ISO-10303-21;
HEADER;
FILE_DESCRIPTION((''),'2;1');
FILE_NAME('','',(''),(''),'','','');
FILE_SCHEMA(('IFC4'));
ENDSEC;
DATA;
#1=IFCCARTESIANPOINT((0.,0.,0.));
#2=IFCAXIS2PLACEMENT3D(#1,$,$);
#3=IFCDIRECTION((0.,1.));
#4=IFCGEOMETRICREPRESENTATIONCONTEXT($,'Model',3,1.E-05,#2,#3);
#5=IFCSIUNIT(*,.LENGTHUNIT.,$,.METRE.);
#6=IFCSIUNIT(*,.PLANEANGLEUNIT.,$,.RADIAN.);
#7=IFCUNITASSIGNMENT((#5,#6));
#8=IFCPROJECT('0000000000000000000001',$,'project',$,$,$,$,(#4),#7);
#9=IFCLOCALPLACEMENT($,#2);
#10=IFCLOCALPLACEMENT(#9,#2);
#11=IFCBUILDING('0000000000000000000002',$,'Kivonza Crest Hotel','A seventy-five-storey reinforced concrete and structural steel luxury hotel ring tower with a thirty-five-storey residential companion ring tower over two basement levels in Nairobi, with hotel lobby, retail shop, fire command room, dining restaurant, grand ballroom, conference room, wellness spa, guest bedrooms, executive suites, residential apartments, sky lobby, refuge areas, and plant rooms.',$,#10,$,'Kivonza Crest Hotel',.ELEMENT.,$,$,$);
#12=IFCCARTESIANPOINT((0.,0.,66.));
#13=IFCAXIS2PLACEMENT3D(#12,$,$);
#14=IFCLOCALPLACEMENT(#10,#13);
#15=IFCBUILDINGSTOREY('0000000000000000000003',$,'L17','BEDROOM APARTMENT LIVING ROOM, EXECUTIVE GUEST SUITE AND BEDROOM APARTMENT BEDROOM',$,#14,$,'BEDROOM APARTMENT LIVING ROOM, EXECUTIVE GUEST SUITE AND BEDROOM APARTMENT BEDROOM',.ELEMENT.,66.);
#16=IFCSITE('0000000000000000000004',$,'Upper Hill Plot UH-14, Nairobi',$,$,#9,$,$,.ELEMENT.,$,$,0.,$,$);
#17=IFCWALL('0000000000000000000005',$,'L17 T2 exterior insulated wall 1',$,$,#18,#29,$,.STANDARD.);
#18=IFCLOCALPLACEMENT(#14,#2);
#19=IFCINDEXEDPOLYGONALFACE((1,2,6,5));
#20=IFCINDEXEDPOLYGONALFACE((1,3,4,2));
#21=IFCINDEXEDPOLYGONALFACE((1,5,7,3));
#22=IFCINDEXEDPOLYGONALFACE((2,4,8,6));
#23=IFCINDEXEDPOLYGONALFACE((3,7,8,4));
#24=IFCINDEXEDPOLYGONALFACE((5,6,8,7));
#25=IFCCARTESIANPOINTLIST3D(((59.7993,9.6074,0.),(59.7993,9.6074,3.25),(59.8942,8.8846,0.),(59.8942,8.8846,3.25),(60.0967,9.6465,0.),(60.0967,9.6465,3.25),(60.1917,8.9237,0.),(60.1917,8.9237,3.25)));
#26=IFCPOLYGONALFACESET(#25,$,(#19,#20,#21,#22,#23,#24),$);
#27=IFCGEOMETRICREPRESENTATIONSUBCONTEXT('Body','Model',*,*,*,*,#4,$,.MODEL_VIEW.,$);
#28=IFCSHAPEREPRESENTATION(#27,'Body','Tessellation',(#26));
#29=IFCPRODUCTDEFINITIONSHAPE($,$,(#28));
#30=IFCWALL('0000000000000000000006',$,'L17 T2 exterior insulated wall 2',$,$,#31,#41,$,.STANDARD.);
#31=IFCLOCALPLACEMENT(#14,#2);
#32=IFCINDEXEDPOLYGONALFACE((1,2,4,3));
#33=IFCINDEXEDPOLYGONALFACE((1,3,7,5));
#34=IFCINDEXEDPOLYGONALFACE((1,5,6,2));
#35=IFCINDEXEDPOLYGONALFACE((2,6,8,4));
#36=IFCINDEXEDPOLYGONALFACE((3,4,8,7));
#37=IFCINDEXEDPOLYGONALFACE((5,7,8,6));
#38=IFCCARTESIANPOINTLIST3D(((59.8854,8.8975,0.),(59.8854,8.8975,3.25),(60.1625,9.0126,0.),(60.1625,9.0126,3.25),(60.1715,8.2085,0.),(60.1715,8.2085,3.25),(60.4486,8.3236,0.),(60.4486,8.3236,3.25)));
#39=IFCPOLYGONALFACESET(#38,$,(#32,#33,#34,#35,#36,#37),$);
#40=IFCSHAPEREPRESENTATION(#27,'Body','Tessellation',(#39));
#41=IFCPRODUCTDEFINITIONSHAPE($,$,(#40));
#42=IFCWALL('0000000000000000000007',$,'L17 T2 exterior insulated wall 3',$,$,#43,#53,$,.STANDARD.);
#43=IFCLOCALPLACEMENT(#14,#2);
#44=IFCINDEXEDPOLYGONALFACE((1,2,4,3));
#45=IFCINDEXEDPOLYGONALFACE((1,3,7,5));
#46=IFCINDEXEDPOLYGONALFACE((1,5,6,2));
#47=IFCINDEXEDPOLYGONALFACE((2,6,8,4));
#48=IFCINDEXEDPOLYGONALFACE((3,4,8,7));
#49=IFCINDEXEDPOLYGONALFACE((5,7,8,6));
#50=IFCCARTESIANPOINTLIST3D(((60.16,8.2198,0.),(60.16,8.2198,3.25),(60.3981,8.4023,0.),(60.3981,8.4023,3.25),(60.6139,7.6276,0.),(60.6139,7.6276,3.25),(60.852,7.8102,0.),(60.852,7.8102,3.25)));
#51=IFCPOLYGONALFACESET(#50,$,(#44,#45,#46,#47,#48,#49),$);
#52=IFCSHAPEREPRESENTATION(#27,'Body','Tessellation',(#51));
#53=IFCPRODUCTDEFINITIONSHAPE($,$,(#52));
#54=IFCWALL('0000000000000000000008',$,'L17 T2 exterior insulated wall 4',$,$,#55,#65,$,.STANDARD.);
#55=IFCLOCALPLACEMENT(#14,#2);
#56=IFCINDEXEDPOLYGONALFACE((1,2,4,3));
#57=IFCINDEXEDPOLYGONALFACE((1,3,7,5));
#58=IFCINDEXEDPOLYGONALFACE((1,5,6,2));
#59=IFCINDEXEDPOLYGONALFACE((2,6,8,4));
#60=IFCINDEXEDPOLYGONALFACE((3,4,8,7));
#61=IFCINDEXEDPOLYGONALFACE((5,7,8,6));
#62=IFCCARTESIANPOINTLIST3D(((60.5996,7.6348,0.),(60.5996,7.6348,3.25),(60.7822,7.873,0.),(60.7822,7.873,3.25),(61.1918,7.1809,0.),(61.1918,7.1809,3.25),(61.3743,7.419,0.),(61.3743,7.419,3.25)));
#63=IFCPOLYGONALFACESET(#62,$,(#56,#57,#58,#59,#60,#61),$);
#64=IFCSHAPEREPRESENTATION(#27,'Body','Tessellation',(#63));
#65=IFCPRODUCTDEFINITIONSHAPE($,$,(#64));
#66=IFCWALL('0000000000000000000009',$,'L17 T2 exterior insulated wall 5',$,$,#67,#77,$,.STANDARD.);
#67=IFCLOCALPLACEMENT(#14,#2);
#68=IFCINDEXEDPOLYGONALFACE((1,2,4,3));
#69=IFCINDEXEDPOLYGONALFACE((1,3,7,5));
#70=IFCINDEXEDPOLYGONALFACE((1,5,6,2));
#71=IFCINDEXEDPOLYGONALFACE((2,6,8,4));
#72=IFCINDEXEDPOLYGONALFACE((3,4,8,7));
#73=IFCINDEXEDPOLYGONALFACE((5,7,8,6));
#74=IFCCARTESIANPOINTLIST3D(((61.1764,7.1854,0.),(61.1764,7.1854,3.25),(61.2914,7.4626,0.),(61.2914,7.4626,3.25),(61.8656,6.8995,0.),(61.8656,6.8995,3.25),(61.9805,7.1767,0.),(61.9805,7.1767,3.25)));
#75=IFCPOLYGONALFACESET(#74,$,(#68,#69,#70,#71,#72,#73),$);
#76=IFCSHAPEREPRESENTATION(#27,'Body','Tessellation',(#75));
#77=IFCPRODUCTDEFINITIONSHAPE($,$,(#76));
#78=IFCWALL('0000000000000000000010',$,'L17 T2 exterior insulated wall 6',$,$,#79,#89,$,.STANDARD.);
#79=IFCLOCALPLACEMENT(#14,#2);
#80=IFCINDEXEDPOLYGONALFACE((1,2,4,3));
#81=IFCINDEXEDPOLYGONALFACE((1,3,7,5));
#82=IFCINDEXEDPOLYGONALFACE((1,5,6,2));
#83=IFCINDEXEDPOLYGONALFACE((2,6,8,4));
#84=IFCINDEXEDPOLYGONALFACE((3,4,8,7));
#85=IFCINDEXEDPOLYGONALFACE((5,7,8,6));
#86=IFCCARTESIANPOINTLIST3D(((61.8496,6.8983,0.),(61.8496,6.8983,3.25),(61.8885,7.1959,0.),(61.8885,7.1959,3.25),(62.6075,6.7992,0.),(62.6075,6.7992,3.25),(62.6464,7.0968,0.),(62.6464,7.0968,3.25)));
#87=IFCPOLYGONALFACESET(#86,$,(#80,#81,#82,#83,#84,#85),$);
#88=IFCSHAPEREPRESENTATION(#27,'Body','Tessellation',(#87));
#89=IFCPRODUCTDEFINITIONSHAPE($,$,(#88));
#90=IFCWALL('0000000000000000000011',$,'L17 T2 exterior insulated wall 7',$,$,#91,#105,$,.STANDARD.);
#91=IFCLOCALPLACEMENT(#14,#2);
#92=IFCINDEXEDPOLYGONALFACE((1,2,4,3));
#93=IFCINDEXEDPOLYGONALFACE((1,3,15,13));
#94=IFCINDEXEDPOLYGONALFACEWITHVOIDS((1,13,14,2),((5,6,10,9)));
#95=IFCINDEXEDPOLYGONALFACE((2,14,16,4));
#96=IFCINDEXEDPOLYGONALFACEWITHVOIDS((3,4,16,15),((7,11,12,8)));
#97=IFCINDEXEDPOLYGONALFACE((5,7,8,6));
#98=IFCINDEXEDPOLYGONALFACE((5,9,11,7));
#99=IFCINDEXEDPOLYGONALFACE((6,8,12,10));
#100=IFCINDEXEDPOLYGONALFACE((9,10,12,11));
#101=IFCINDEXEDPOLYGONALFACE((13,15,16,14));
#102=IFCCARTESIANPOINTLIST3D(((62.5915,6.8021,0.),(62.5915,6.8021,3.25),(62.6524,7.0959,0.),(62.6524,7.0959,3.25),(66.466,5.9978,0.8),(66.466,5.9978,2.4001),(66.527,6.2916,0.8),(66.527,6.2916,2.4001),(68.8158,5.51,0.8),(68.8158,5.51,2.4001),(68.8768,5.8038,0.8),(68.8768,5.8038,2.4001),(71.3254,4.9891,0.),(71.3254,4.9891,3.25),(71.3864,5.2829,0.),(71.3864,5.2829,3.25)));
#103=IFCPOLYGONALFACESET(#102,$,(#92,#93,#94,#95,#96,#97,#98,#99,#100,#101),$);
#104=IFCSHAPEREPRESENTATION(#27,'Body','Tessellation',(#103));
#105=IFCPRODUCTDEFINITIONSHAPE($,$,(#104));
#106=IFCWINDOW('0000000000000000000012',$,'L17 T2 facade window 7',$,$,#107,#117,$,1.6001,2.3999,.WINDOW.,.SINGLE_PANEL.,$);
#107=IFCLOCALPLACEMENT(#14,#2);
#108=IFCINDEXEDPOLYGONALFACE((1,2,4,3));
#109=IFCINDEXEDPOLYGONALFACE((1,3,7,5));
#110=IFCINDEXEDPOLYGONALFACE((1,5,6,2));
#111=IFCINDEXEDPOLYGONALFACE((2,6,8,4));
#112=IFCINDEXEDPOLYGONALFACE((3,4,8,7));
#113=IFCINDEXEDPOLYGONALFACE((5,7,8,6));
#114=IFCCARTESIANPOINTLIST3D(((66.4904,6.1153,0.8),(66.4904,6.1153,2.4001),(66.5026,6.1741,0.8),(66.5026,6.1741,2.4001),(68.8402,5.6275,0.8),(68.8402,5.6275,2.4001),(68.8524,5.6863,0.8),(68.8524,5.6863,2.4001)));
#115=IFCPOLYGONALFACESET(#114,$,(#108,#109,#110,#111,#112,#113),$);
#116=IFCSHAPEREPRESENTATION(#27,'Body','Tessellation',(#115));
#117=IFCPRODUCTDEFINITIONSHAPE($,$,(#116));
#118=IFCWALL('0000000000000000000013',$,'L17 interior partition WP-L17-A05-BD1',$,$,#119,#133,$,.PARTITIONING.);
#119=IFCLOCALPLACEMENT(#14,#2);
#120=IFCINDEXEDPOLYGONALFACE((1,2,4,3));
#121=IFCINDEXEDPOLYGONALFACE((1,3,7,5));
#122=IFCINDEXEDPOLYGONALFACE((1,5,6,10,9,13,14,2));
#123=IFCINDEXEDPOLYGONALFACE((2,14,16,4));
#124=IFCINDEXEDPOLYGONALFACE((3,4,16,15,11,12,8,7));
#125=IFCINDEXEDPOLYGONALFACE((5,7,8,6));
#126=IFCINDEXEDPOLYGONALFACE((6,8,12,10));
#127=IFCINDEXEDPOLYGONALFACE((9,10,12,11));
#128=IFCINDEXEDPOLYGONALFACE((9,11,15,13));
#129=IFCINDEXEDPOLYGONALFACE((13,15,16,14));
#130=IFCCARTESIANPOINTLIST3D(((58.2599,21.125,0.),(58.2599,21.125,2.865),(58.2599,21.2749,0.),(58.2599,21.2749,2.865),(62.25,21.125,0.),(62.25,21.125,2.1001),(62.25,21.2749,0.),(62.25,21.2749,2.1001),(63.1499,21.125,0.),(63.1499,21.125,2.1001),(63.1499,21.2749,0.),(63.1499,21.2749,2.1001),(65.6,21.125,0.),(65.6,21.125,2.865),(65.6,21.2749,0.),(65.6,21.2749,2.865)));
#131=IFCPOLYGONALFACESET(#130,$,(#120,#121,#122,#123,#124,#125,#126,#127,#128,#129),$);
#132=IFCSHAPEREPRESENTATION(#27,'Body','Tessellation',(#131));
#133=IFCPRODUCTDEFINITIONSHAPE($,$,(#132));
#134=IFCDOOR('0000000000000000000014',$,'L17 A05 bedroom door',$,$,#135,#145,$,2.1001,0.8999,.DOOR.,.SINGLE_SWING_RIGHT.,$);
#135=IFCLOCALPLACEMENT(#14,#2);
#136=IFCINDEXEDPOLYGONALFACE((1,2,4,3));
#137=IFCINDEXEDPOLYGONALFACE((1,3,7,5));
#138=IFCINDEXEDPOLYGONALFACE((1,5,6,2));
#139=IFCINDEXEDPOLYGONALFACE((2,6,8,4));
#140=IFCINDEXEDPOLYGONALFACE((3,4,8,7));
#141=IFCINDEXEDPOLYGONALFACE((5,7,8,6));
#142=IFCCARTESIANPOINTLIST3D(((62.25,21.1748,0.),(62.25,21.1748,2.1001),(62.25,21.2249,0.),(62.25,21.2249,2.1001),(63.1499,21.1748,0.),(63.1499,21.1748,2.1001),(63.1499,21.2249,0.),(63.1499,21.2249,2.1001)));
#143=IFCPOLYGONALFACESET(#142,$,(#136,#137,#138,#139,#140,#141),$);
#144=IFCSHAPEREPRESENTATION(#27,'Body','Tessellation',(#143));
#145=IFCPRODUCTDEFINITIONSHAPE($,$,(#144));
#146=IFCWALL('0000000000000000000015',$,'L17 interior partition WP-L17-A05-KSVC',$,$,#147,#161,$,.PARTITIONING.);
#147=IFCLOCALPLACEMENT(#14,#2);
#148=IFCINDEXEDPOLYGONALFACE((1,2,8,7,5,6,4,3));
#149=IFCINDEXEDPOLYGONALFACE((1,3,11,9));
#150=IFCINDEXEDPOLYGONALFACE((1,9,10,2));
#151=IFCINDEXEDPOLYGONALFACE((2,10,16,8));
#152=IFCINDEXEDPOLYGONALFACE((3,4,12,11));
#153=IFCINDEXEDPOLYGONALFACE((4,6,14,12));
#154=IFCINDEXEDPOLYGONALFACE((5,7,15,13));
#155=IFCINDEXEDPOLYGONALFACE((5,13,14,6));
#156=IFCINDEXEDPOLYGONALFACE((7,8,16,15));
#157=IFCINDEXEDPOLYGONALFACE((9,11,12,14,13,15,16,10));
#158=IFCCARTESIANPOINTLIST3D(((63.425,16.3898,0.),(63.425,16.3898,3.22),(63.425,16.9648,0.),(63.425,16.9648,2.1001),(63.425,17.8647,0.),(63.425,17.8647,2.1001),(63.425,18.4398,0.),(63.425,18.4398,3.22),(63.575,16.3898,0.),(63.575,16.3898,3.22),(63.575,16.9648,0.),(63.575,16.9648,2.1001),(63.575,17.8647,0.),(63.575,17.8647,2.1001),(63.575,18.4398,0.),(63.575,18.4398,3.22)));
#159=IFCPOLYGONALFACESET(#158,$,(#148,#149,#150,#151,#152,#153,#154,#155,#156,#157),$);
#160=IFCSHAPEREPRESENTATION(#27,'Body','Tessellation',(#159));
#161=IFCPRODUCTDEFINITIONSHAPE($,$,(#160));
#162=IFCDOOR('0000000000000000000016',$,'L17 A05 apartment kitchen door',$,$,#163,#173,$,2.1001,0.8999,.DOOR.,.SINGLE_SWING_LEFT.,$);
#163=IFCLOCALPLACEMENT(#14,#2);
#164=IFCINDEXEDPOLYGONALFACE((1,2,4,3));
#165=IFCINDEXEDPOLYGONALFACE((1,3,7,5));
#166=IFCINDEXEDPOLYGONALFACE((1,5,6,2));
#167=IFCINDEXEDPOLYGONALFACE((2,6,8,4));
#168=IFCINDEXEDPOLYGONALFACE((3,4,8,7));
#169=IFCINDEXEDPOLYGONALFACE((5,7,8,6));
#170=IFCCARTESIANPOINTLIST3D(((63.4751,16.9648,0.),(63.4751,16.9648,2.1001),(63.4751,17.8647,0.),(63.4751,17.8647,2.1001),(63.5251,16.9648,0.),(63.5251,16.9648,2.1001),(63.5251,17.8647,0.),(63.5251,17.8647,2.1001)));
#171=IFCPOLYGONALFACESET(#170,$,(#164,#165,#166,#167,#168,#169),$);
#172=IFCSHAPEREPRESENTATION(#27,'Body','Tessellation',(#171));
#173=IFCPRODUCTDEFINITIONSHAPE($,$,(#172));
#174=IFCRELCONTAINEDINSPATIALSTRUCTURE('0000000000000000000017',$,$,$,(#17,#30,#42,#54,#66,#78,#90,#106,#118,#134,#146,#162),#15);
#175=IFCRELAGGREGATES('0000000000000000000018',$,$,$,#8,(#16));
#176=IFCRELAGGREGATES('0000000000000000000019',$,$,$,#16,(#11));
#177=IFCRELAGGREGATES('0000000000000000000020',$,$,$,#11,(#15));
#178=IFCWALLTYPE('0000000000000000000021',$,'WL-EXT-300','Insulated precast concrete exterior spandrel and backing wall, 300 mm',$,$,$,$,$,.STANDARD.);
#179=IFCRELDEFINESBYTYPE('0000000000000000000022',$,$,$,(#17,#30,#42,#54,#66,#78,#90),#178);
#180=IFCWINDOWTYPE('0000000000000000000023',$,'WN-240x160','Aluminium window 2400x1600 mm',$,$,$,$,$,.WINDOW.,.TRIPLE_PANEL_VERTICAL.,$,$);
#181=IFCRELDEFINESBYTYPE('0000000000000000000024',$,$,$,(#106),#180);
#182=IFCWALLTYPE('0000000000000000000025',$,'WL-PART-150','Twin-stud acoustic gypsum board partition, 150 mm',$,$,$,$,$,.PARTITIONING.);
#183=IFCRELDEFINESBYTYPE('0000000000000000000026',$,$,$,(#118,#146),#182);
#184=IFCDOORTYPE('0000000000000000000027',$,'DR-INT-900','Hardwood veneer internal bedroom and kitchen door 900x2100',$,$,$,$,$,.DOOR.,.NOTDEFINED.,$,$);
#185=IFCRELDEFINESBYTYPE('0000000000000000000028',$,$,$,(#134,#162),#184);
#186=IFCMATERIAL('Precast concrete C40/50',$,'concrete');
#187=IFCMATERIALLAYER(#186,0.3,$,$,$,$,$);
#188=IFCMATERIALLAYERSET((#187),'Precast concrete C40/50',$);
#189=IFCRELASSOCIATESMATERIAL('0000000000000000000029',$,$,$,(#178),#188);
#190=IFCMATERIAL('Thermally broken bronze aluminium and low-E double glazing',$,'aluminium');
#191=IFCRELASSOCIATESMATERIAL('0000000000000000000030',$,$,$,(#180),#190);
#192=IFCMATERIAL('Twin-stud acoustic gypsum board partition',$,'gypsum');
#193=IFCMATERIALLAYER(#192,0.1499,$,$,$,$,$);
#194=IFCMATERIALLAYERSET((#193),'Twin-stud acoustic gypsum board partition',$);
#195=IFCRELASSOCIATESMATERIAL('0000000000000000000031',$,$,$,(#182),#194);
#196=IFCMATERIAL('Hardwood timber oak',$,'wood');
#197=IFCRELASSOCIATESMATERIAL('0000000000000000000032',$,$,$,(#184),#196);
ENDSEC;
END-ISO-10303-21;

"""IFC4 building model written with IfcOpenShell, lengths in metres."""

from ifc_helpers import new_model, si_unit, direction, frame, frame_2d, origin, place, context, subcontext, project, spatial, rectangle, extrude, material, layer, layer_set, type_object, element, fill, save


model = new_model("IFC4")

# Units and contexts
model_context = context("Model", 3, precision=1e-05, world=origin(), true_north=direction((0.0, 1.0)))
body_context = subcontext(model_context, "Body", "Model", "MODEL_VIEW")
ifc_project = project(units=[si_unit("LENGTHUNIT", "METRE"), si_unit("PLANEANGLEUNIT", "RADIAN")], contexts=[model_context])

# Site, building, storey
site_placement = place(None, origin())
site = spatial("IfcSite", under=ifc_project, at=site_placement, Name="Upper Hill Plot UH-14, Nairobi", CompositionType="ELEMENT", RefElevation=0.0)
building_placement = place(site_placement, origin())
building = spatial("IfcBuilding", under=site, at=building_placement, Name="Kivonza Crest Hotel", Description="A seventy-five-storey reinforced concrete and structural steel luxury hotel ring tower with a thirty-five-storey residential companion ring tower over two basement levels in Nairobi, with hotel lobby, retail shop, fire command room, dining restaurant, grand ballroom, conference room, wellness spa, guest bedrooms, executive suites, residential apartments, sky lobby, refuge areas, and plant rooms.", LongName="Kivonza Crest Hotel", CompositionType="ELEMENT")
storey_placement = place(building_placement, frame((0.0, 0.0, 66.0)))
storey = spatial("IfcBuildingStorey", under=building, at=storey_placement, Name="L17", Description="BEDROOM APARTMENT LIVING ROOM, EXECUTIVE GUEST SUITE AND BEDROOM APARTMENT BEDROOM", LongName="BEDROOM APARTMENT LIVING ROOM, EXECUTIVE GUEST SUITE AND BEDROOM APARTMENT BEDROOM", CompositionType="ELEMENT", Elevation=66.0)

# Walls
ifc_material_1 = material(Name="Precast concrete C40/50", Category="concrete")
ifc_layer_1 = layer(ifc_material_1, 0.3)
ifc_layer_set_1 = layer_set([ifc_layer_1], Name="Precast concrete C40/50")
wall_type_1 = type_object("IfcWallType", Name="WL-EXT-300", Description="Insulated precast concrete exterior spandrel and backing wall, 300 mm", PredefinedType="STANDARD", material=ifc_layer_set_1)
wall_1_placement = place(storey_placement, frame((59.948, 9.627, 0.0), z_axis=(0.0, 0.0, 1.0), x_axis=(0.130255, -0.99148, 0.0)))
element("IfcWall", 1, at=wall_1_placement, inside=storey, type_object=wall_type_1, Name="L17 T2 exterior insulated wall 1", PredefinedType="STANDARD", context=body_context, shape_type="SweptSolid", body=[
    extrude(rectangle(XDim=0.729, YDim=0.3, at=frame_2d((0.3645, 0.0))), origin(), (0.0, 0.0, 1.0), 3.25),
])
for number, where, z_axis, x_axis, name in (
    (2, (60.0239, 8.9551, 0.0), (0.0, 0.0, 1.0), (0.383546, -0.923522, 0.0), "L17 T2 exterior insulated wall 2"),
    (3, (60.2791, 8.311, 0.0), (0.0, 0.0, 1.0), (0.608397, -0.793633, 0.0), "L17 T2 exterior insulated wall 3"),
    (4, (60.6909, 7.7539, 0.0), (0.0, 0.0, 1.0), (0.793633, -0.608397, 0.0), "L17 T2 exterior insulated wall 4"),
    (5, (61.2339, 7.324, 0.0), (0.0, 0.0, 1.0), (0.923686, -0.383151, 0.0), "L17 T2 exterior insulated wall 5"),
):
    element("IfcWall", number, at=place(storey_placement, frame(where, z_axis=z_axis, x_axis=x_axis)), inside=storey, type_object=wall_type_1, Name=name, PredefinedType="STANDARD", context=body_context, shape_type="SweptSolid", body=[
        extrude(rectangle(XDim=0.7461, YDim=0.3, at=frame_2d((0.373, 0.0))), origin(), (0.0, 0.0, 1.0), 3.25),
    ])
wall_2_placement = place(storey_placement, frame((61.8689, 7.0471, 0.0), z_axis=(0.0, 0.0, 1.0), x_axis=(0.991559, -0.129653, 0.0)))
element("IfcWall", 6, at=wall_2_placement, inside=storey, type_object=wall_type_1, Name="L17 T2 exterior insulated wall 6", PredefinedType="STANDARD", context=body_context, shape_type="SweptSolid", body=[
    extrude(rectangle(XDim=0.7644, YDim=0.3, at=frame_2d((0.3823, 0.0))), origin(), (0.0, 0.0, 1.0), 3.25),
])

# Wall, opening, window
wall_3_placement = place(storey_placement, frame((62.6221, 6.949, 0.0), z_axis=(0.0, 0.0, 1.0), x_axis=(0.979127, -0.203248, 0.0)))
wall_3 = element("IfcWall", 7, at=wall_3_placement, inside=storey, type_object=wall_type_1, Name="L17 T2 exterior insulated wall 7", PredefinedType="STANDARD", context=body_context, shape_type="SweptSolid", body=[
    extrude(rectangle(XDim=8.9202, YDim=0.3, at=frame_2d((4.46, 0.0))), origin(), (0.0, 0.0, 1.0), 3.25),
])
opening_1_placement = place(wall_3_placement, frame((3.957, 0.0, 0.8)))
opening_1 = element("IfcOpeningElement", 8, at=opening_1_placement, cuts=wall_3, PredefinedType="OPENING", context=body_context, shape_type="SweptSolid", body=[
    extrude(rectangle(XDim=2.3999, YDim=1.6001, at=frame_2d((1.2, 0.8))), frame((0.0, 0.1602, 0.0), z_axis=(0.0, -1.0, 0.0), x_axis=(1.0, 0.0, 0.0)), (0.0, 0.0, 1.0), 0.3201),
])
ifc_material_2 = material(Name="Thermally broken bronze aluminium and low-E double glazing", Category="aluminium")
window_type = type_object("IfcWindowType", Name="WN-240x160", Description="Aluminium window 2400x1600 mm", PartitioningType="TRIPLE_PANEL_VERTICAL", PredefinedType="WINDOW", material=ifc_material_2)
window_placement = place(opening_1_placement, origin())
window = element("IfcWindow", 9, at=window_placement, inside=storey, type_object=window_type, Name="L17 T2 facade window 7", OverallHeight=1.6001, OverallWidth=2.3999, PartitioningType="SINGLE_PANEL", PredefinedType="WINDOW", context=body_context, shape_type="SweptSolid", body=[
    extrude(rectangle(XDim=2.3999, YDim=1.6001, at=frame_2d((1.2, 0.8))), frame((0.0, 0.03, 0.0), z_axis=(0.0, -1.0, 0.0), x_axis=(1.0, 0.0, 0.0)), (0.0, 0.0, 1.0), 0.0601),
])
fill(opening_1, window)

# Walls, openings, doors
ifc_material_3 = material(Name="Twin-stud acoustic gypsum board partition", Category="gypsum")
ifc_layer_2 = layer(ifc_material_3, 0.1499)
ifc_layer_set_2 = layer_set([ifc_layer_2], Name="Twin-stud acoustic gypsum board partition")
wall_type_2 = type_object("IfcWallType", Name="WL-PART-150", Description="Twin-stud acoustic gypsum board partition, 150 mm", PredefinedType="PARTITIONING", material=ifc_layer_set_2)
wall_4_placement = place(storey_placement, frame((58.26, 21.2, 0.0), z_axis=(0.0, 0.0, 1.0), x_axis=(1.0, 0.0, 0.0)))
wall_4 = element("IfcWall", 10, at=wall_4_placement, inside=storey, type_object=wall_type_2, Name="L17 interior partition WP-L17-A05-BD1", PredefinedType="PARTITIONING", context=body_context, shape_type="SweptSolid", body=[
    extrude(rectangle(XDim=7.3401, YDim=0.1499, at=frame_2d((3.6699, 0.0))), origin(), (0.0, 0.0, 1.0), 2.865),
])
opening_2_placement = place(wall_4_placement, frame((3.99, 0.0, 0.0)))
opening_2 = element("IfcOpeningElement", 11, at=opening_2_placement, cuts=wall_4, PredefinedType="OPENING", context=body_context, shape_type="SweptSolid", body=[
    extrude(rectangle(XDim=0.8999, YDim=2.1001, at=frame_2d((0.45, 1.05))), frame((0.0, 0.085, 0.0), z_axis=(0.0, -1.0, 0.0), x_axis=(1.0, 0.0, 0.0)), (0.0, 0.0, 1.0), 0.1699),
])
ifc_material_4 = material(Name="Hardwood timber oak", Category="wood")
door_type_1 = type_object("IfcDoorType", Name="DR-INT-900", Description="Hardwood veneer internal bedroom and kitchen door 900x2100", OperationType="NOTDEFINED", PredefinedType="DOOR", material=ifc_material_4)
door_1_placement = place(opening_2_placement, origin())
door_1 = element("IfcDoor", 12, at=door_1_placement, inside=storey, type_object=door_type_1, Name="L17 A05 bedroom door", OperationType="SINGLE_SWING_RIGHT", OverallHeight=2.1001, OverallWidth=0.8999, PredefinedType="DOOR", context=body_context, shape_type="SweptSolid", body=[
    extrude(rectangle(XDim=0.8999, YDim=2.1001, at=frame_2d((0.45, 1.05))), frame((0.0, 0.0249, 0.0), z_axis=(0.0, -1.0, 0.0), x_axis=(1.0, 0.0, 0.0)), (0.0, 0.0, 1.0), 0.05),
])
fill(opening_2, door_1)
wall_5_placement = place(storey_placement, frame((63.5, 16.3899, 0.0), z_axis=(0.0, 0.0, 1.0), x_axis=(0.0, 1.0, 0.0)))
wall_5 = element("IfcWall", 13, at=wall_5_placement, inside=storey, type_object=wall_type_2, Name="L17 interior partition WP-L17-A05-KSVC", PredefinedType="PARTITIONING", context=body_context, shape_type="SweptSolid", body=[
    extrude(rectangle(XDim=2.05, YDim=0.1499, at=frame_2d((1.0249, 0.0))), origin(), (0.0, 0.0, 1.0), 3.22),
])
opening_3_placement = place(wall_5_placement, frame((0.575, 0.0, 0.0)))
opening_3 = element("IfcOpeningElement", 14, at=opening_3_placement, cuts=wall_5, PredefinedType="OPENING", context=body_context, shape_type="SweptSolid", body=[
    extrude(rectangle(XDim=0.8999, YDim=2.1001, at=frame_2d((0.45, 1.05))), frame((0.0, 0.085, 0.0), z_axis=(0.0, -1.0, 0.0), x_axis=(1.0, 0.0, 0.0)), (0.0, 0.0, 1.0), 0.1699),
])
door_2_placement = place(opening_3_placement, origin())
door_2 = element("IfcDoor", 15, at=door_2_placement, inside=storey, type_object=door_type_1, Name="L17 A05 apartment kitchen door", OperationType="SINGLE_SWING_LEFT", OverallHeight=2.1001, OverallWidth=0.8999, PredefinedType="DOOR", context=body_context, shape_type="SweptSolid", body=[
    extrude(rectangle(XDim=0.8999, YDim=2.1001, at=frame_2d((0.45, 1.05))), frame((0.0, 0.0249, 0.0), z_axis=(0.0, -1.0, 0.0), x_axis=(1.0, 0.0, 0.0)), (0.0, 0.0, 1.0), 0.05),
])
fill(opening_3, door_2)

save(model, "model.ifc")
